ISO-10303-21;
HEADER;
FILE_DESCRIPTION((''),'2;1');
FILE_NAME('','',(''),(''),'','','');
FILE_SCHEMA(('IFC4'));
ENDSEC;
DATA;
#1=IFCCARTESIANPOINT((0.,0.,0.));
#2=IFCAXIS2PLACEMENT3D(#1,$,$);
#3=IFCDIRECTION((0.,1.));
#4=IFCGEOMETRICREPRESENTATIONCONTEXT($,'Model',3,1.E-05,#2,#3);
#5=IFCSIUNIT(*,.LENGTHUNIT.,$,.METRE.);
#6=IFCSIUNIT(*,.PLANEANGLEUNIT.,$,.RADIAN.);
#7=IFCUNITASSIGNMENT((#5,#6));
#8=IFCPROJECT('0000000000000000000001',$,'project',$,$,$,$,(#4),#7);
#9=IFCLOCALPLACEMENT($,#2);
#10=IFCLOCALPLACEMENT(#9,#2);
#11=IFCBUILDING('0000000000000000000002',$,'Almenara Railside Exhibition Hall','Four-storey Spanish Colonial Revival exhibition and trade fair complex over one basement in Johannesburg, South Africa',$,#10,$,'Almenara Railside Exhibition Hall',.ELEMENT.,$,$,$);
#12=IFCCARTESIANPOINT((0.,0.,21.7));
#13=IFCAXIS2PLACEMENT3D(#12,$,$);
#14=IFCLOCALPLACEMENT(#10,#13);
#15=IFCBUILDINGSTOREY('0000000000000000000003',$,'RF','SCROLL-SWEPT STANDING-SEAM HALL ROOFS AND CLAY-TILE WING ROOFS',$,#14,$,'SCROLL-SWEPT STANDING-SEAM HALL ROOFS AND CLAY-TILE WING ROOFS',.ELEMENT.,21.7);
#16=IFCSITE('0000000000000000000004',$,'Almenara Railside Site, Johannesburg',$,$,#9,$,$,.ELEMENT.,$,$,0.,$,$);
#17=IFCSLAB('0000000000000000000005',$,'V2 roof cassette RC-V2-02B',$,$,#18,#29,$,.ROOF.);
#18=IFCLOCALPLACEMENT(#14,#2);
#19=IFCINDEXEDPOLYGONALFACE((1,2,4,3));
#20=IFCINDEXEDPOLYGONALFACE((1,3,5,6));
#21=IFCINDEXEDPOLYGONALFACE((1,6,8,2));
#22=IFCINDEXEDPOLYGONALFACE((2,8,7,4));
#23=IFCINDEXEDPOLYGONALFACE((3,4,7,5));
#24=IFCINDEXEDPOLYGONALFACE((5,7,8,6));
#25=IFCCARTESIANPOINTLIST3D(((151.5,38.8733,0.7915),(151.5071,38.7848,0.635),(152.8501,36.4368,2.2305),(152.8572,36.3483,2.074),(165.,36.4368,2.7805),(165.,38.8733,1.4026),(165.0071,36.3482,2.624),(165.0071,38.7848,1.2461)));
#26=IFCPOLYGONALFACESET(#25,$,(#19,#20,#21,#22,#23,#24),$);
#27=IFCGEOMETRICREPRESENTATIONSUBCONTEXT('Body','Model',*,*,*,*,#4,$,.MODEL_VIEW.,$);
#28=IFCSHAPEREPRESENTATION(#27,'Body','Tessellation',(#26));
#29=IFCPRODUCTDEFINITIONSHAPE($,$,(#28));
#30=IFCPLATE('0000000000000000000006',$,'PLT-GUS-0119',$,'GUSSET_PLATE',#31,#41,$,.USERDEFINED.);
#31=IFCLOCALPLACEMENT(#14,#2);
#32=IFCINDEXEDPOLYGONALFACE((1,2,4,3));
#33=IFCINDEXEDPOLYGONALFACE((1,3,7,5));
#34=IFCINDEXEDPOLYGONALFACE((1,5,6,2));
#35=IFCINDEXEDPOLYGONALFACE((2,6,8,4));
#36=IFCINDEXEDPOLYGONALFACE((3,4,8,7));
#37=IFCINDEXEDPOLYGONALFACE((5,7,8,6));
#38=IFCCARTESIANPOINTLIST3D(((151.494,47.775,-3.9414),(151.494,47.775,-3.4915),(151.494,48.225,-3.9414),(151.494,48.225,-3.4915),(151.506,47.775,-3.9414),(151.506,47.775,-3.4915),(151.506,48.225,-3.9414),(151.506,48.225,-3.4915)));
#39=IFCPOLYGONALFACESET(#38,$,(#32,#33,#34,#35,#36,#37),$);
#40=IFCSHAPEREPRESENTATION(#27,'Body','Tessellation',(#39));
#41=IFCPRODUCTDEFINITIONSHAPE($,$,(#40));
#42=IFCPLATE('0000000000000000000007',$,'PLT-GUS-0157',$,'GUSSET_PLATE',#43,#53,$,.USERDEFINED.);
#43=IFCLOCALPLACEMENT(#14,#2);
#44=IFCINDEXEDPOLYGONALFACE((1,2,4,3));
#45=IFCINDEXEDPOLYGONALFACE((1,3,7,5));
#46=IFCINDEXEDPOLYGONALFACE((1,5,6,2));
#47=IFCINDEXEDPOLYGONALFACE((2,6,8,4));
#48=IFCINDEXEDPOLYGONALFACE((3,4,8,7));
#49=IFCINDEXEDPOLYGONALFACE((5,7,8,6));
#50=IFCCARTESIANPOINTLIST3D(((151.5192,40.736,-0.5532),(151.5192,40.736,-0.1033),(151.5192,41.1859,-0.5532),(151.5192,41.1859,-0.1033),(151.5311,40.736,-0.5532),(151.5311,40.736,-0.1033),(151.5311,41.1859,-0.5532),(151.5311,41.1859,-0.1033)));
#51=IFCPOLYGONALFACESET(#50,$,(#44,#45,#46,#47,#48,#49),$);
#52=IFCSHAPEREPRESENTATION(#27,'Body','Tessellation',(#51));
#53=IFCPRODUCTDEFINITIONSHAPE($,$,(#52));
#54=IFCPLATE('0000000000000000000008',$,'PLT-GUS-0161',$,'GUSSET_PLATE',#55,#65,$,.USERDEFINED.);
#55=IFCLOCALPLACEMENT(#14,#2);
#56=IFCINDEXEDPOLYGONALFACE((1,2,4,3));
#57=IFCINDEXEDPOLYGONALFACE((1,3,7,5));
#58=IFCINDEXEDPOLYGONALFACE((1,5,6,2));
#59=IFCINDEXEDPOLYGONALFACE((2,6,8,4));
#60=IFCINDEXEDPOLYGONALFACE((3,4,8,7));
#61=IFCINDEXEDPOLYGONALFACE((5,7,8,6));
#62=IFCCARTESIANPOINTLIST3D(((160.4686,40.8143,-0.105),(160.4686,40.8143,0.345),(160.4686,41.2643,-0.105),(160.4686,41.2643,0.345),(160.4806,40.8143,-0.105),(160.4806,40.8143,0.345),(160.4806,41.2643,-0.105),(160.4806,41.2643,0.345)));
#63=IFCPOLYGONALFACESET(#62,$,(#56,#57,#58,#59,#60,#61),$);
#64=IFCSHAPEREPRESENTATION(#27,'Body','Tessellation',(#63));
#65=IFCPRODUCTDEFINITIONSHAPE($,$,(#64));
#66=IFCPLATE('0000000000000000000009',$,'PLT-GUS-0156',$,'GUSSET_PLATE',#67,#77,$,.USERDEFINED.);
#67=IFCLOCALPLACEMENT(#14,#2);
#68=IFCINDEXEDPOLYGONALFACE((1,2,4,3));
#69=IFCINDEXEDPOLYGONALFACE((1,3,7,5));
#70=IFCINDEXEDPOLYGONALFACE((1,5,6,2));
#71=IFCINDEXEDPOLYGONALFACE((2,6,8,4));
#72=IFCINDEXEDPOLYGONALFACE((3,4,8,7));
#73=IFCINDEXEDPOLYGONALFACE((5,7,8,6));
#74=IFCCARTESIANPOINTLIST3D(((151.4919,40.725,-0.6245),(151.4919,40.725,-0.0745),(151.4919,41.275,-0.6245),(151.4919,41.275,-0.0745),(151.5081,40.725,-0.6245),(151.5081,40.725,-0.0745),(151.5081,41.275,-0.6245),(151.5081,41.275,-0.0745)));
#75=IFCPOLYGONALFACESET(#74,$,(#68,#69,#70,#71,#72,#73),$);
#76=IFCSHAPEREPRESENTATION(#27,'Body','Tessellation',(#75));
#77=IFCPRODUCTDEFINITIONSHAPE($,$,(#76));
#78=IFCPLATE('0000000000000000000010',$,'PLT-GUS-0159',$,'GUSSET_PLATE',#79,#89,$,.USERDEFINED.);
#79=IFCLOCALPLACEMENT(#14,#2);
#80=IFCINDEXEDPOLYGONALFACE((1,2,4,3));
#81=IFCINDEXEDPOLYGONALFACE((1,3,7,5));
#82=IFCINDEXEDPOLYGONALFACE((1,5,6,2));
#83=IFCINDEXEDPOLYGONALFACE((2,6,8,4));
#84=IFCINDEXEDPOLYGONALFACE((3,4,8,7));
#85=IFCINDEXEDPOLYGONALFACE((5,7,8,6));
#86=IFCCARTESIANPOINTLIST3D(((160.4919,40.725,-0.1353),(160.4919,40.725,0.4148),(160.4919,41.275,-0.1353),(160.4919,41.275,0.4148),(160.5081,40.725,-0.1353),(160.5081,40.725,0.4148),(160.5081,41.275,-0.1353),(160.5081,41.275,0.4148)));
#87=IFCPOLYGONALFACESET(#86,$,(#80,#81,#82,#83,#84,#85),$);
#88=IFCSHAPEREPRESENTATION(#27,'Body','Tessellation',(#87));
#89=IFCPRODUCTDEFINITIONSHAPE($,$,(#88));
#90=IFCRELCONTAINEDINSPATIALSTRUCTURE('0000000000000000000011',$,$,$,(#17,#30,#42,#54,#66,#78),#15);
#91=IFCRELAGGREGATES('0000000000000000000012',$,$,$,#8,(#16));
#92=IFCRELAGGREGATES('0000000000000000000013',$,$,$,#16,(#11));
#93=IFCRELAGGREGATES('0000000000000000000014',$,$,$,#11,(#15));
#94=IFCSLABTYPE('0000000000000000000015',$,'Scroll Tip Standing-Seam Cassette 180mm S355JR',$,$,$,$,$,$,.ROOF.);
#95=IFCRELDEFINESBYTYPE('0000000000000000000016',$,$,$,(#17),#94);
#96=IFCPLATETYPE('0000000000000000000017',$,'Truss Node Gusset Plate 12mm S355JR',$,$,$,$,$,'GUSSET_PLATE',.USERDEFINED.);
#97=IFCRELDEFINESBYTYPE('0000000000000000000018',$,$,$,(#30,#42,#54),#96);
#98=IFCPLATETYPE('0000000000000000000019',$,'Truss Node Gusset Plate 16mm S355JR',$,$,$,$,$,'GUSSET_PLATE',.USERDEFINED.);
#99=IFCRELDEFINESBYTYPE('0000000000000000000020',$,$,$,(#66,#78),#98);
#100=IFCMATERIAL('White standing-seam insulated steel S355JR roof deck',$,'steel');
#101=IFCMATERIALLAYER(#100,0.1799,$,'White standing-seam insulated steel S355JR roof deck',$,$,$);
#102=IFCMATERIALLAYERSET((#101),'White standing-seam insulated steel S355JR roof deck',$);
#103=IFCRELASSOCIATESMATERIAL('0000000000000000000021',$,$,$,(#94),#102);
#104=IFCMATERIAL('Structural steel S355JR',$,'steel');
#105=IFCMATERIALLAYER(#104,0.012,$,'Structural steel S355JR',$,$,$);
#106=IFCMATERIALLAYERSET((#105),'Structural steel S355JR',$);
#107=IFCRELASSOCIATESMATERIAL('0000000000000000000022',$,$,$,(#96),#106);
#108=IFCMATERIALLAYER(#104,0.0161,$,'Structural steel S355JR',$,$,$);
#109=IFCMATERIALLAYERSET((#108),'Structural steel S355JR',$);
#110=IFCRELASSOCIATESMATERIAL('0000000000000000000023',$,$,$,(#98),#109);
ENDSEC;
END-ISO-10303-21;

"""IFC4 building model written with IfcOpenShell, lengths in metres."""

from ifc_helpers import new_model, si_unit, direction, frame, origin, origin_2d, place, context, subcontext, project, spatial, polyline, rectangle, outline, extrude, material, layer, layer_set, type_object, element, save


model = new_model("IFC4")

# Units and contexts
model_context = context("Model", 3, precision=1e-05, world=origin(), true_north=direction((0.0, 1.0)))
body_context = subcontext(model_context, "Body", "Model", "MODEL_VIEW")
ifc_project = project(units=[si_unit("LENGTHUNIT", "METRE"), si_unit("PLANEANGLEUNIT", "RADIAN")], contexts=[model_context])

# Site, building, storey
site_placement = place(None, origin())
site = spatial("IfcSite", under=ifc_project, at=site_placement, Name="Almenara Railside Site, Johannesburg", CompositionType="ELEMENT", RefElevation=0.0)
building_placement = place(site_placement, origin())
building = spatial("IfcBuilding", under=site, at=building_placement, Name="Almenara Railside Exhibition Hall", Description="Four-storey Spanish Colonial Revival exhibition and trade fair complex over one basement in Johannesburg, South Africa", LongName="Almenara Railside Exhibition Hall", CompositionType="ELEMENT")
storey_placement = place(building_placement, frame((0.0, 0.0, 21.7)))
storey = spatial("IfcBuildingStorey", under=building, at=storey_placement, Name="RF", Description="SCROLL-SWEPT STANDING-SEAM HALL ROOFS AND CLAY-TILE WING ROOFS", LongName="SCROLL-SWEPT STANDING-SEAM HALL ROOFS AND CLAY-TILE WING ROOFS", CompositionType="ELEMENT", Elevation=21.7)

# Shared definitions
ifc_material_1 = material(Name="Structural steel S355JR", Category="steel")

# Slab
ifc_material_2 = material(Name="White standing-seam insulated steel S355JR roof deck", Category="steel")
ifc_layer_1 = layer(ifc_material_2, 0.1799, Name="White standing-seam insulated steel S355JR roof deck")
ifc_layer_set_1 = layer_set([ifc_layer_1], Name="White standing-seam insulated steel S355JR roof deck")
slab_type_1 = type_object("IfcSlabType", Name="Scroll Tip Standing-Seam Cassette 180mm S355JR", PredefinedType="ROOF", material=ifc_layer_set_1)
slab_1_placement = place(storey_placement, frame((152.8501, 36.4368, 2.2305), z_axis=(-0.039374, 0.491871, 0.869777), x_axis=(0.998977, -0.000001, 0.045223)))
element("IfcSlab", 1, at=slab_1_placement, inside=storey, type_object=slab_type_1, Name="V2 roof cassette RC-V2-02B", PredefinedType="ROOF", context=body_context, shape_type="SweptSolid", body=[
    extrude(outline(polyline([(0.0, 0.0), (12.1623, 0.0), (12.1, 2.7985), (-1.4138, 2.7984), (0.0, 0.0)])), origin(), (0.0, 0.0, -1.0), 0.1799),
])

# Plates
ifc_layer_2 = layer(ifc_material_1, 0.012, Name="Structural steel S355JR")
ifc_layer_set_2 = layer_set([ifc_layer_2], Name="Structural steel S355JR")
plate_type_1 = type_object("IfcPlateType", Name="Truss Node Gusset Plate 12mm S355JR", ElementType="GUSSET_PLATE", PredefinedType="USERDEFINED", material=ifc_layer_set_2)
for number, where, z_axis, x_axis, name in (
    (2, (151.5, 48.0, -3.9414), (0.0, 0.0, 1.0), (0.0, 1.0, 0.0), "PLT-GUS-0119"),
    (3, (151.5251, 40.9609, -0.5532), (0.0, 0.0, 1.0), (0.0, 1.0, 0.0), "PLT-GUS-0157"),
    (4, (160.4746, 41.0393, -0.105), (0.0, 0.0, 1.0), (0.0, 1.0, 0.0), "PLT-GUS-0161"),
):
    element("IfcPlate", number, at=place(storey_placement, frame(where, z_axis=z_axis, x_axis=x_axis)), inside=storey, type_object=plate_type_1, Name=name, ObjectType="GUSSET_PLATE", PredefinedType="USERDEFINED", context=body_context, shape_type="SweptSolid", body=[
        extrude(rectangle(XDim=0.45, YDim=0.012, at=origin_2d()), origin(), (0.0, 0.0, 1.0), 0.45),
    ])
ifc_layer_3 = layer(ifc_material_1, 0.0161, Name="Structural steel S355JR")
ifc_layer_set_3 = layer_set([ifc_layer_3], Name="Structural steel S355JR")
plate_type_2 = type_object("IfcPlateType", Name="Truss Node Gusset Plate 16mm S355JR", ElementType="GUSSET_PLATE", PredefinedType="USERDEFINED", material=ifc_layer_set_3)
for number, where, z_axis, x_axis, name in (
    (5, (151.5, 41.0, -0.6245), (0.0, 0.0, 1.0), (0.0, 1.0, 0.0), "PLT-GUS-0156"),
    (6, (160.5, 41.0, -0.1353), (0.0, 0.0, 1.0), (0.0, 1.0, 0.0), "PLT-GUS-0159"),
):
    element("IfcPlate", number, at=place(storey_placement, frame(where, z_axis=z_axis, x_axis=x_axis)), inside=storey, type_object=plate_type_2, Name=name, ObjectType="GUSSET_PLATE", PredefinedType="USERDEFINED", context=body_context, shape_type="SweptSolid", body=[
        extrude(rectangle(XDim=0.55, YDim=0.0161, at=origin_2d()), origin(), (0.0, 0.0, 1.0), 0.55),
    ])

save(model, "model.ifc")
